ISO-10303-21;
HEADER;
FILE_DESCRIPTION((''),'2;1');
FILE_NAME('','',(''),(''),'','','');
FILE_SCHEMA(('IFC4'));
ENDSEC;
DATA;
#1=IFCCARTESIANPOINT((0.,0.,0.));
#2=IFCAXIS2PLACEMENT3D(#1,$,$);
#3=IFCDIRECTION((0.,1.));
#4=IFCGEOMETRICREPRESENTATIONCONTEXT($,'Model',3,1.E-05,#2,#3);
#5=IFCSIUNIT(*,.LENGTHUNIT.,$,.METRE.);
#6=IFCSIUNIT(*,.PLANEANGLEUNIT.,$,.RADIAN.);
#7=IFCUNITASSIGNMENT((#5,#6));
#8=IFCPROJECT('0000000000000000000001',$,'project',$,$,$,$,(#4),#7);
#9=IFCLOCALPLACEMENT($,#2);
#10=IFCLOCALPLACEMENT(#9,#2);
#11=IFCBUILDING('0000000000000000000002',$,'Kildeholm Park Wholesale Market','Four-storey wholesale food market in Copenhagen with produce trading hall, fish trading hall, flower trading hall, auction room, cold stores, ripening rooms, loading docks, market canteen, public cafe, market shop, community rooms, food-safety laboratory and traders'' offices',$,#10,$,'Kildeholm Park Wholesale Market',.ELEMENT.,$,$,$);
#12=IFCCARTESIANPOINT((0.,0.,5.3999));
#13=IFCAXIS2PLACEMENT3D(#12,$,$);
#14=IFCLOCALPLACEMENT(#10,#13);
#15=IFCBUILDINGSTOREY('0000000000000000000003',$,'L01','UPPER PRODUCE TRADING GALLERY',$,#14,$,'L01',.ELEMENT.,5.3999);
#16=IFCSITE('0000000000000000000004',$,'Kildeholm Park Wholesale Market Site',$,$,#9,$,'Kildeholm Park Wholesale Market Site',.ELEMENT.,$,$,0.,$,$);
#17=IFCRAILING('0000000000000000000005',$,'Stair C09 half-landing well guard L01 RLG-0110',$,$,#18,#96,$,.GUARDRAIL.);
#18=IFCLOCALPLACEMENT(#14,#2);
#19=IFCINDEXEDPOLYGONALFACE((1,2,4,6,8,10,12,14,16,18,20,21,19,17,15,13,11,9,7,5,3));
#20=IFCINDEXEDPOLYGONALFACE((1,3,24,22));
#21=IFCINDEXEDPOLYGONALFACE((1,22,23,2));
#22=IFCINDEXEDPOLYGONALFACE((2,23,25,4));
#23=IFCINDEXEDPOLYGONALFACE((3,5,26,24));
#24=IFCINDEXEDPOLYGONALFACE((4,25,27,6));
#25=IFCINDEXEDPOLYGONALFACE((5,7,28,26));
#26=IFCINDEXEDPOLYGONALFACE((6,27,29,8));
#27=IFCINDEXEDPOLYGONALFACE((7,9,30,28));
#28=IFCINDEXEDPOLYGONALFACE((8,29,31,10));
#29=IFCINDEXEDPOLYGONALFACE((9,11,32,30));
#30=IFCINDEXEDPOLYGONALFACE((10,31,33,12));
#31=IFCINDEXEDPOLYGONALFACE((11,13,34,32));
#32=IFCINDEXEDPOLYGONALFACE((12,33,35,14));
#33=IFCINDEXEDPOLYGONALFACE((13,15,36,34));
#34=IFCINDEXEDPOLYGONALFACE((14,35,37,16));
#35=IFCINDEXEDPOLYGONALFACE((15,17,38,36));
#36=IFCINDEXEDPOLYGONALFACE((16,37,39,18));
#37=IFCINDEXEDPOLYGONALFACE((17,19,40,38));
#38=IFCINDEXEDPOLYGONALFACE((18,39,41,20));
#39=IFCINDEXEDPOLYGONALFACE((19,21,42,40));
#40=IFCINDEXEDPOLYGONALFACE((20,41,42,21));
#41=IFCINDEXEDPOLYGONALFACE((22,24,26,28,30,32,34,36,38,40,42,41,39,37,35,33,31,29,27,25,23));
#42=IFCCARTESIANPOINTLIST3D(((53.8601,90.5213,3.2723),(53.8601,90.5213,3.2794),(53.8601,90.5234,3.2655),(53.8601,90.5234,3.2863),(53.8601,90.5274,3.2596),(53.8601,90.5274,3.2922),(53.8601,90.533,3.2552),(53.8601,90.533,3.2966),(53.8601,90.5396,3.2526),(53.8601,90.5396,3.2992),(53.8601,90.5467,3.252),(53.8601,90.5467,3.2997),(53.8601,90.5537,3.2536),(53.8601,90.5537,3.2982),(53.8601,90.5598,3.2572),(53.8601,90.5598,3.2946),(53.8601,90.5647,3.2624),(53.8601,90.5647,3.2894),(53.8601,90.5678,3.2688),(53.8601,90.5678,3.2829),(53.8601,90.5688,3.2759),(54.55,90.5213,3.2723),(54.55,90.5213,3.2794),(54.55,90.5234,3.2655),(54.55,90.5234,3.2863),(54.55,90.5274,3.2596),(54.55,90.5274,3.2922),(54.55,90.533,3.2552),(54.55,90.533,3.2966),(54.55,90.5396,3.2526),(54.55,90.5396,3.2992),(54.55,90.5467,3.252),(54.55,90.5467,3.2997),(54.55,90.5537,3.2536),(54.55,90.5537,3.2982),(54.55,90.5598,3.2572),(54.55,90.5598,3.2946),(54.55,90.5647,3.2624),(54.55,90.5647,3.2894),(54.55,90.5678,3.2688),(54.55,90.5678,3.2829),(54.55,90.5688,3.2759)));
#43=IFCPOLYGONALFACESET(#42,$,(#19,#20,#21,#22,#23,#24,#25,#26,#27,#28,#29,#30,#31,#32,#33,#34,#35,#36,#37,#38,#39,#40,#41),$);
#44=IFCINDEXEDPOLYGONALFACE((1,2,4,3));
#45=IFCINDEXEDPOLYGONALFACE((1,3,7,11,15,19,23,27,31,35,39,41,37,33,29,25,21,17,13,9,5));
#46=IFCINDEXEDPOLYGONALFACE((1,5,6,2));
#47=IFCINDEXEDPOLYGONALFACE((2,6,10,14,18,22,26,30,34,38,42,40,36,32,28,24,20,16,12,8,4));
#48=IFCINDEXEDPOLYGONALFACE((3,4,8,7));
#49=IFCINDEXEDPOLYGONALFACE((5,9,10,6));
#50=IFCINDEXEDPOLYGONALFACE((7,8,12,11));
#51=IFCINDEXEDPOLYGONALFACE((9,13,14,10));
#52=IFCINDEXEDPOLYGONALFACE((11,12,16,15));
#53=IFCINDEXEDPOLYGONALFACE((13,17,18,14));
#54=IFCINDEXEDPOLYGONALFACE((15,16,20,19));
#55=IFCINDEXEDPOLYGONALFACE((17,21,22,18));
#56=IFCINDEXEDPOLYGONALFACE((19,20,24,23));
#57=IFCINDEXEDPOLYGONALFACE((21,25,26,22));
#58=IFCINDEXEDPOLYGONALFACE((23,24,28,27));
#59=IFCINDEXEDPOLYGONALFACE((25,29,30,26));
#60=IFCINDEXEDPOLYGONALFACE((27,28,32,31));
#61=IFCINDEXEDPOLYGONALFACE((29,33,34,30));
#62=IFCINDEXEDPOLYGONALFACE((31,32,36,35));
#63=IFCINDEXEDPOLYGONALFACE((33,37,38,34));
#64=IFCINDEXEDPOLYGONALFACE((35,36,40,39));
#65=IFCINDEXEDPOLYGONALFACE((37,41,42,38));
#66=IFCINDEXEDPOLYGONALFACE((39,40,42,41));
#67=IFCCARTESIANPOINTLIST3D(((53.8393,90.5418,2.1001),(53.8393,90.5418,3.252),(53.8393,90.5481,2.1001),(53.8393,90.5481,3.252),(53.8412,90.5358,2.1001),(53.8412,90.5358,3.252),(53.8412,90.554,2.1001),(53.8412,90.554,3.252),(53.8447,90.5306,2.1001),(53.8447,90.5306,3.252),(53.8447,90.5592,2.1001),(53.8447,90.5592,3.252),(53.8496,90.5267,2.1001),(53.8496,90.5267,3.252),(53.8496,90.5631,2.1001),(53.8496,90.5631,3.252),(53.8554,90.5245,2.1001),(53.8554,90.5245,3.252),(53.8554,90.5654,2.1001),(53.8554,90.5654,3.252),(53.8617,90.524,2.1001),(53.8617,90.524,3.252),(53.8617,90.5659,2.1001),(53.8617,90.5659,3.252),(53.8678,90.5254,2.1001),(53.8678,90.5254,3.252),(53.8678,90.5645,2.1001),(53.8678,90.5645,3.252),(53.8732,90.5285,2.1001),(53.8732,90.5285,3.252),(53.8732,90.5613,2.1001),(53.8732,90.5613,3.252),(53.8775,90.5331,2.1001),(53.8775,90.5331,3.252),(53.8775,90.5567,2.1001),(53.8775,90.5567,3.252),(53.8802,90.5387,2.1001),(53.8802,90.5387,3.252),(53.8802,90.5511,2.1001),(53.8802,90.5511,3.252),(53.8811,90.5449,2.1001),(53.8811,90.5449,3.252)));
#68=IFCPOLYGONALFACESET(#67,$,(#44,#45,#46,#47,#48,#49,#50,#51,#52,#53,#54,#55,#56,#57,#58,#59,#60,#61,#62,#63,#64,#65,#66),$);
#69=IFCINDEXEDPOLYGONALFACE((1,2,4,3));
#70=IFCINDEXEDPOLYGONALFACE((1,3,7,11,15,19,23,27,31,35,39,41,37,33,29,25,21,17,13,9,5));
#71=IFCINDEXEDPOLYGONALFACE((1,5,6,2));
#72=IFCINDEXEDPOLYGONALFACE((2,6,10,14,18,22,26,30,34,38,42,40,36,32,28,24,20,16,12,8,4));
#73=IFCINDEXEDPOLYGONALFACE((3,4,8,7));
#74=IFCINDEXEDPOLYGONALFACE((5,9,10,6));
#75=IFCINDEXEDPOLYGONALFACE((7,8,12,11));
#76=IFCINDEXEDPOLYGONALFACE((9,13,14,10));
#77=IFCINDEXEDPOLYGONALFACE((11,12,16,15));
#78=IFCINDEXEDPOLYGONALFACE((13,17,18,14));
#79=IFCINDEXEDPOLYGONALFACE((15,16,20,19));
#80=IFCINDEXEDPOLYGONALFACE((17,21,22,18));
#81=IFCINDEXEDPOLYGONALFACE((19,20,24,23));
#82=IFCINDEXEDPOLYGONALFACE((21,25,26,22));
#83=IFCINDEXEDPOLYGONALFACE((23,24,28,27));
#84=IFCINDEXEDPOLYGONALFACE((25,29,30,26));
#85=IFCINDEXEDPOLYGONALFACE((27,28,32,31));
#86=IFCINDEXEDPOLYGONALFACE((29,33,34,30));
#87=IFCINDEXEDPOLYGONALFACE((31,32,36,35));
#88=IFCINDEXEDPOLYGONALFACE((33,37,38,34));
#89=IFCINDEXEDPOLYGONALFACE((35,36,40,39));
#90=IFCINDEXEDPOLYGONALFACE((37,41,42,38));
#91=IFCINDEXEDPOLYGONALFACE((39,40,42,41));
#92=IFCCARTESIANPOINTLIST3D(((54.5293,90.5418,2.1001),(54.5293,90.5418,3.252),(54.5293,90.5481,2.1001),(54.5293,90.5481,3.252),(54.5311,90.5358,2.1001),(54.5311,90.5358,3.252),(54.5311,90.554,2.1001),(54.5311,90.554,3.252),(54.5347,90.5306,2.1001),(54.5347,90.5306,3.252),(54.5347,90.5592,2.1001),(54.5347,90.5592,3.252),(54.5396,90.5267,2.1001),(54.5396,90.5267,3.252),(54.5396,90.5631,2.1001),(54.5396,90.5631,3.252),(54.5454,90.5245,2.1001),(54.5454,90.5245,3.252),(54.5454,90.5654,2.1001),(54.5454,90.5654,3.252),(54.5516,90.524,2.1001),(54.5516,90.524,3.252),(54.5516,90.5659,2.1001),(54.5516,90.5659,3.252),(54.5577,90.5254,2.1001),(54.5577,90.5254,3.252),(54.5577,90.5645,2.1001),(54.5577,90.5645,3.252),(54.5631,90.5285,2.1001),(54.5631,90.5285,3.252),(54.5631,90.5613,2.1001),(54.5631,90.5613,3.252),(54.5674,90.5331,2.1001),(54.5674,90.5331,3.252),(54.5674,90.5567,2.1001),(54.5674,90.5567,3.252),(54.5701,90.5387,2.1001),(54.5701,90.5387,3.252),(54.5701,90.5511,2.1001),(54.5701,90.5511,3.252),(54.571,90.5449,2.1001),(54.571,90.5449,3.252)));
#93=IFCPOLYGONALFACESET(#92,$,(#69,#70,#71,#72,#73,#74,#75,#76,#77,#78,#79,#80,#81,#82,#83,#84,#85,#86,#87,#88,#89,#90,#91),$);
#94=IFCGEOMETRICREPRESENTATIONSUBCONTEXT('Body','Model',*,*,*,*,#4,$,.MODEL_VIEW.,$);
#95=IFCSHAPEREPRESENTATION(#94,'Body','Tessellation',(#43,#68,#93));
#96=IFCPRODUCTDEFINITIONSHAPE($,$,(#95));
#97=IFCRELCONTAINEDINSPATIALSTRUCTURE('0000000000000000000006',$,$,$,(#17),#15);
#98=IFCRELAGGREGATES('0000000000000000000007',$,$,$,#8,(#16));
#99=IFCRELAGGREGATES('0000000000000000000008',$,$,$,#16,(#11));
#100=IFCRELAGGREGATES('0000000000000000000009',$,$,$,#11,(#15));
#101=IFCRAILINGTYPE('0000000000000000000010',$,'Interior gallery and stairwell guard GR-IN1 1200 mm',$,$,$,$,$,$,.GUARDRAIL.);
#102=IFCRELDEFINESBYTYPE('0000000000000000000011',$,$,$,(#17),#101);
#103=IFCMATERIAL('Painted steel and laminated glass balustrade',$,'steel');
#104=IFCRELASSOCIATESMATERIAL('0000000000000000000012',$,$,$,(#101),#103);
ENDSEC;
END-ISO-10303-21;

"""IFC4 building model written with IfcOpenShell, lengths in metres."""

from ifc_helpers import new_model, si_unit, direction, frame, origin, origin_2d, place, context, subcontext, project, spatial, circle, extrude, material, type_object, element, save


model = new_model("IFC4")

# Units and contexts
model_context = context("Model", 3, precision=1e-05, world=origin(), true_north=direction((0.0, 1.0)))
body_context = subcontext(model_context, "Body", "Model", "MODEL_VIEW")
ifc_project = project(units=[si_unit("LENGTHUNIT", "METRE"), si_unit("PLANEANGLEUNIT", "RADIAN")], contexts=[model_context])

# Site, building, storey
site_placement = place(None, origin())
site = spatial("IfcSite", under=ifc_project, at=site_placement, Name="Kildeholm Park Wholesale Market Site", LongName="Kildeholm Park Wholesale Market Site", CompositionType="ELEMENT", RefElevation=0.0)
building_placement = place(site_placement, origin())
building = spatial("IfcBuilding", under=site, at=building_placement, Name="Kildeholm Park Wholesale Market", Description="Four-storey wholesale food market in Copenhagen with produce trading hall, fish trading hall, flower trading hall, auction room, cold stores, ripening rooms, loading docks, market canteen, public cafe, market shop, community rooms, food-safety laboratory and traders' offices", LongName="Kildeholm Park Wholesale Market", CompositionType="ELEMENT")
storey_placement = place(building_placement, frame((0.0, 0.0, 5.3999)))
storey = spatial("IfcBuildingStorey", under=building, at=storey_placement, Name="L01", Description="UPPER PRODUCE TRADING GALLERY", LongName="L01", CompositionType="ELEMENT", Elevation=5.3999)

# Railing
ifc_material_1 = material(Name="Painted steel and laminated glass balustrade", Category="steel")
railing_type_1 = type_object("IfcRailingType", Name="Interior gallery and stairwell guard GR-IN1 1200 mm", PredefinedType="GUARDRAIL", material=ifc_material_1)
railing_1_placement = place(storey_placement, frame((53.8601, 90.5449, 2.1001)))
element("IfcRailing", 1, at=railing_1_placement, inside=storey, type_object=railing_type_1, Name="Stair C09 half-landing well guard L01 RLG-0110", PredefinedType="GUARDRAIL", context=body_context, shape_type="SweptSolid", body=[
    extrude(circle(Radius=0.0239, at=origin_2d()), frame((0.0, 0.0, 1.1758), z_axis=(1.0, 0.0, 0.0), x_axis=(0.0, 1.0, 0.0)), (0.0, 0.0, 1.0), 0.6899),
    extrude(circle(Radius=0.021, at=origin_2d()), origin(), (0.0, 0.0, 1.0), 1.1519),
    extrude(circle(Radius=0.021, at=origin_2d()), frame((0.6899, 0.0, 0.0)), (0.0, 0.0, 1.0), 1.1519),
])

save(model, "model.ifc")
